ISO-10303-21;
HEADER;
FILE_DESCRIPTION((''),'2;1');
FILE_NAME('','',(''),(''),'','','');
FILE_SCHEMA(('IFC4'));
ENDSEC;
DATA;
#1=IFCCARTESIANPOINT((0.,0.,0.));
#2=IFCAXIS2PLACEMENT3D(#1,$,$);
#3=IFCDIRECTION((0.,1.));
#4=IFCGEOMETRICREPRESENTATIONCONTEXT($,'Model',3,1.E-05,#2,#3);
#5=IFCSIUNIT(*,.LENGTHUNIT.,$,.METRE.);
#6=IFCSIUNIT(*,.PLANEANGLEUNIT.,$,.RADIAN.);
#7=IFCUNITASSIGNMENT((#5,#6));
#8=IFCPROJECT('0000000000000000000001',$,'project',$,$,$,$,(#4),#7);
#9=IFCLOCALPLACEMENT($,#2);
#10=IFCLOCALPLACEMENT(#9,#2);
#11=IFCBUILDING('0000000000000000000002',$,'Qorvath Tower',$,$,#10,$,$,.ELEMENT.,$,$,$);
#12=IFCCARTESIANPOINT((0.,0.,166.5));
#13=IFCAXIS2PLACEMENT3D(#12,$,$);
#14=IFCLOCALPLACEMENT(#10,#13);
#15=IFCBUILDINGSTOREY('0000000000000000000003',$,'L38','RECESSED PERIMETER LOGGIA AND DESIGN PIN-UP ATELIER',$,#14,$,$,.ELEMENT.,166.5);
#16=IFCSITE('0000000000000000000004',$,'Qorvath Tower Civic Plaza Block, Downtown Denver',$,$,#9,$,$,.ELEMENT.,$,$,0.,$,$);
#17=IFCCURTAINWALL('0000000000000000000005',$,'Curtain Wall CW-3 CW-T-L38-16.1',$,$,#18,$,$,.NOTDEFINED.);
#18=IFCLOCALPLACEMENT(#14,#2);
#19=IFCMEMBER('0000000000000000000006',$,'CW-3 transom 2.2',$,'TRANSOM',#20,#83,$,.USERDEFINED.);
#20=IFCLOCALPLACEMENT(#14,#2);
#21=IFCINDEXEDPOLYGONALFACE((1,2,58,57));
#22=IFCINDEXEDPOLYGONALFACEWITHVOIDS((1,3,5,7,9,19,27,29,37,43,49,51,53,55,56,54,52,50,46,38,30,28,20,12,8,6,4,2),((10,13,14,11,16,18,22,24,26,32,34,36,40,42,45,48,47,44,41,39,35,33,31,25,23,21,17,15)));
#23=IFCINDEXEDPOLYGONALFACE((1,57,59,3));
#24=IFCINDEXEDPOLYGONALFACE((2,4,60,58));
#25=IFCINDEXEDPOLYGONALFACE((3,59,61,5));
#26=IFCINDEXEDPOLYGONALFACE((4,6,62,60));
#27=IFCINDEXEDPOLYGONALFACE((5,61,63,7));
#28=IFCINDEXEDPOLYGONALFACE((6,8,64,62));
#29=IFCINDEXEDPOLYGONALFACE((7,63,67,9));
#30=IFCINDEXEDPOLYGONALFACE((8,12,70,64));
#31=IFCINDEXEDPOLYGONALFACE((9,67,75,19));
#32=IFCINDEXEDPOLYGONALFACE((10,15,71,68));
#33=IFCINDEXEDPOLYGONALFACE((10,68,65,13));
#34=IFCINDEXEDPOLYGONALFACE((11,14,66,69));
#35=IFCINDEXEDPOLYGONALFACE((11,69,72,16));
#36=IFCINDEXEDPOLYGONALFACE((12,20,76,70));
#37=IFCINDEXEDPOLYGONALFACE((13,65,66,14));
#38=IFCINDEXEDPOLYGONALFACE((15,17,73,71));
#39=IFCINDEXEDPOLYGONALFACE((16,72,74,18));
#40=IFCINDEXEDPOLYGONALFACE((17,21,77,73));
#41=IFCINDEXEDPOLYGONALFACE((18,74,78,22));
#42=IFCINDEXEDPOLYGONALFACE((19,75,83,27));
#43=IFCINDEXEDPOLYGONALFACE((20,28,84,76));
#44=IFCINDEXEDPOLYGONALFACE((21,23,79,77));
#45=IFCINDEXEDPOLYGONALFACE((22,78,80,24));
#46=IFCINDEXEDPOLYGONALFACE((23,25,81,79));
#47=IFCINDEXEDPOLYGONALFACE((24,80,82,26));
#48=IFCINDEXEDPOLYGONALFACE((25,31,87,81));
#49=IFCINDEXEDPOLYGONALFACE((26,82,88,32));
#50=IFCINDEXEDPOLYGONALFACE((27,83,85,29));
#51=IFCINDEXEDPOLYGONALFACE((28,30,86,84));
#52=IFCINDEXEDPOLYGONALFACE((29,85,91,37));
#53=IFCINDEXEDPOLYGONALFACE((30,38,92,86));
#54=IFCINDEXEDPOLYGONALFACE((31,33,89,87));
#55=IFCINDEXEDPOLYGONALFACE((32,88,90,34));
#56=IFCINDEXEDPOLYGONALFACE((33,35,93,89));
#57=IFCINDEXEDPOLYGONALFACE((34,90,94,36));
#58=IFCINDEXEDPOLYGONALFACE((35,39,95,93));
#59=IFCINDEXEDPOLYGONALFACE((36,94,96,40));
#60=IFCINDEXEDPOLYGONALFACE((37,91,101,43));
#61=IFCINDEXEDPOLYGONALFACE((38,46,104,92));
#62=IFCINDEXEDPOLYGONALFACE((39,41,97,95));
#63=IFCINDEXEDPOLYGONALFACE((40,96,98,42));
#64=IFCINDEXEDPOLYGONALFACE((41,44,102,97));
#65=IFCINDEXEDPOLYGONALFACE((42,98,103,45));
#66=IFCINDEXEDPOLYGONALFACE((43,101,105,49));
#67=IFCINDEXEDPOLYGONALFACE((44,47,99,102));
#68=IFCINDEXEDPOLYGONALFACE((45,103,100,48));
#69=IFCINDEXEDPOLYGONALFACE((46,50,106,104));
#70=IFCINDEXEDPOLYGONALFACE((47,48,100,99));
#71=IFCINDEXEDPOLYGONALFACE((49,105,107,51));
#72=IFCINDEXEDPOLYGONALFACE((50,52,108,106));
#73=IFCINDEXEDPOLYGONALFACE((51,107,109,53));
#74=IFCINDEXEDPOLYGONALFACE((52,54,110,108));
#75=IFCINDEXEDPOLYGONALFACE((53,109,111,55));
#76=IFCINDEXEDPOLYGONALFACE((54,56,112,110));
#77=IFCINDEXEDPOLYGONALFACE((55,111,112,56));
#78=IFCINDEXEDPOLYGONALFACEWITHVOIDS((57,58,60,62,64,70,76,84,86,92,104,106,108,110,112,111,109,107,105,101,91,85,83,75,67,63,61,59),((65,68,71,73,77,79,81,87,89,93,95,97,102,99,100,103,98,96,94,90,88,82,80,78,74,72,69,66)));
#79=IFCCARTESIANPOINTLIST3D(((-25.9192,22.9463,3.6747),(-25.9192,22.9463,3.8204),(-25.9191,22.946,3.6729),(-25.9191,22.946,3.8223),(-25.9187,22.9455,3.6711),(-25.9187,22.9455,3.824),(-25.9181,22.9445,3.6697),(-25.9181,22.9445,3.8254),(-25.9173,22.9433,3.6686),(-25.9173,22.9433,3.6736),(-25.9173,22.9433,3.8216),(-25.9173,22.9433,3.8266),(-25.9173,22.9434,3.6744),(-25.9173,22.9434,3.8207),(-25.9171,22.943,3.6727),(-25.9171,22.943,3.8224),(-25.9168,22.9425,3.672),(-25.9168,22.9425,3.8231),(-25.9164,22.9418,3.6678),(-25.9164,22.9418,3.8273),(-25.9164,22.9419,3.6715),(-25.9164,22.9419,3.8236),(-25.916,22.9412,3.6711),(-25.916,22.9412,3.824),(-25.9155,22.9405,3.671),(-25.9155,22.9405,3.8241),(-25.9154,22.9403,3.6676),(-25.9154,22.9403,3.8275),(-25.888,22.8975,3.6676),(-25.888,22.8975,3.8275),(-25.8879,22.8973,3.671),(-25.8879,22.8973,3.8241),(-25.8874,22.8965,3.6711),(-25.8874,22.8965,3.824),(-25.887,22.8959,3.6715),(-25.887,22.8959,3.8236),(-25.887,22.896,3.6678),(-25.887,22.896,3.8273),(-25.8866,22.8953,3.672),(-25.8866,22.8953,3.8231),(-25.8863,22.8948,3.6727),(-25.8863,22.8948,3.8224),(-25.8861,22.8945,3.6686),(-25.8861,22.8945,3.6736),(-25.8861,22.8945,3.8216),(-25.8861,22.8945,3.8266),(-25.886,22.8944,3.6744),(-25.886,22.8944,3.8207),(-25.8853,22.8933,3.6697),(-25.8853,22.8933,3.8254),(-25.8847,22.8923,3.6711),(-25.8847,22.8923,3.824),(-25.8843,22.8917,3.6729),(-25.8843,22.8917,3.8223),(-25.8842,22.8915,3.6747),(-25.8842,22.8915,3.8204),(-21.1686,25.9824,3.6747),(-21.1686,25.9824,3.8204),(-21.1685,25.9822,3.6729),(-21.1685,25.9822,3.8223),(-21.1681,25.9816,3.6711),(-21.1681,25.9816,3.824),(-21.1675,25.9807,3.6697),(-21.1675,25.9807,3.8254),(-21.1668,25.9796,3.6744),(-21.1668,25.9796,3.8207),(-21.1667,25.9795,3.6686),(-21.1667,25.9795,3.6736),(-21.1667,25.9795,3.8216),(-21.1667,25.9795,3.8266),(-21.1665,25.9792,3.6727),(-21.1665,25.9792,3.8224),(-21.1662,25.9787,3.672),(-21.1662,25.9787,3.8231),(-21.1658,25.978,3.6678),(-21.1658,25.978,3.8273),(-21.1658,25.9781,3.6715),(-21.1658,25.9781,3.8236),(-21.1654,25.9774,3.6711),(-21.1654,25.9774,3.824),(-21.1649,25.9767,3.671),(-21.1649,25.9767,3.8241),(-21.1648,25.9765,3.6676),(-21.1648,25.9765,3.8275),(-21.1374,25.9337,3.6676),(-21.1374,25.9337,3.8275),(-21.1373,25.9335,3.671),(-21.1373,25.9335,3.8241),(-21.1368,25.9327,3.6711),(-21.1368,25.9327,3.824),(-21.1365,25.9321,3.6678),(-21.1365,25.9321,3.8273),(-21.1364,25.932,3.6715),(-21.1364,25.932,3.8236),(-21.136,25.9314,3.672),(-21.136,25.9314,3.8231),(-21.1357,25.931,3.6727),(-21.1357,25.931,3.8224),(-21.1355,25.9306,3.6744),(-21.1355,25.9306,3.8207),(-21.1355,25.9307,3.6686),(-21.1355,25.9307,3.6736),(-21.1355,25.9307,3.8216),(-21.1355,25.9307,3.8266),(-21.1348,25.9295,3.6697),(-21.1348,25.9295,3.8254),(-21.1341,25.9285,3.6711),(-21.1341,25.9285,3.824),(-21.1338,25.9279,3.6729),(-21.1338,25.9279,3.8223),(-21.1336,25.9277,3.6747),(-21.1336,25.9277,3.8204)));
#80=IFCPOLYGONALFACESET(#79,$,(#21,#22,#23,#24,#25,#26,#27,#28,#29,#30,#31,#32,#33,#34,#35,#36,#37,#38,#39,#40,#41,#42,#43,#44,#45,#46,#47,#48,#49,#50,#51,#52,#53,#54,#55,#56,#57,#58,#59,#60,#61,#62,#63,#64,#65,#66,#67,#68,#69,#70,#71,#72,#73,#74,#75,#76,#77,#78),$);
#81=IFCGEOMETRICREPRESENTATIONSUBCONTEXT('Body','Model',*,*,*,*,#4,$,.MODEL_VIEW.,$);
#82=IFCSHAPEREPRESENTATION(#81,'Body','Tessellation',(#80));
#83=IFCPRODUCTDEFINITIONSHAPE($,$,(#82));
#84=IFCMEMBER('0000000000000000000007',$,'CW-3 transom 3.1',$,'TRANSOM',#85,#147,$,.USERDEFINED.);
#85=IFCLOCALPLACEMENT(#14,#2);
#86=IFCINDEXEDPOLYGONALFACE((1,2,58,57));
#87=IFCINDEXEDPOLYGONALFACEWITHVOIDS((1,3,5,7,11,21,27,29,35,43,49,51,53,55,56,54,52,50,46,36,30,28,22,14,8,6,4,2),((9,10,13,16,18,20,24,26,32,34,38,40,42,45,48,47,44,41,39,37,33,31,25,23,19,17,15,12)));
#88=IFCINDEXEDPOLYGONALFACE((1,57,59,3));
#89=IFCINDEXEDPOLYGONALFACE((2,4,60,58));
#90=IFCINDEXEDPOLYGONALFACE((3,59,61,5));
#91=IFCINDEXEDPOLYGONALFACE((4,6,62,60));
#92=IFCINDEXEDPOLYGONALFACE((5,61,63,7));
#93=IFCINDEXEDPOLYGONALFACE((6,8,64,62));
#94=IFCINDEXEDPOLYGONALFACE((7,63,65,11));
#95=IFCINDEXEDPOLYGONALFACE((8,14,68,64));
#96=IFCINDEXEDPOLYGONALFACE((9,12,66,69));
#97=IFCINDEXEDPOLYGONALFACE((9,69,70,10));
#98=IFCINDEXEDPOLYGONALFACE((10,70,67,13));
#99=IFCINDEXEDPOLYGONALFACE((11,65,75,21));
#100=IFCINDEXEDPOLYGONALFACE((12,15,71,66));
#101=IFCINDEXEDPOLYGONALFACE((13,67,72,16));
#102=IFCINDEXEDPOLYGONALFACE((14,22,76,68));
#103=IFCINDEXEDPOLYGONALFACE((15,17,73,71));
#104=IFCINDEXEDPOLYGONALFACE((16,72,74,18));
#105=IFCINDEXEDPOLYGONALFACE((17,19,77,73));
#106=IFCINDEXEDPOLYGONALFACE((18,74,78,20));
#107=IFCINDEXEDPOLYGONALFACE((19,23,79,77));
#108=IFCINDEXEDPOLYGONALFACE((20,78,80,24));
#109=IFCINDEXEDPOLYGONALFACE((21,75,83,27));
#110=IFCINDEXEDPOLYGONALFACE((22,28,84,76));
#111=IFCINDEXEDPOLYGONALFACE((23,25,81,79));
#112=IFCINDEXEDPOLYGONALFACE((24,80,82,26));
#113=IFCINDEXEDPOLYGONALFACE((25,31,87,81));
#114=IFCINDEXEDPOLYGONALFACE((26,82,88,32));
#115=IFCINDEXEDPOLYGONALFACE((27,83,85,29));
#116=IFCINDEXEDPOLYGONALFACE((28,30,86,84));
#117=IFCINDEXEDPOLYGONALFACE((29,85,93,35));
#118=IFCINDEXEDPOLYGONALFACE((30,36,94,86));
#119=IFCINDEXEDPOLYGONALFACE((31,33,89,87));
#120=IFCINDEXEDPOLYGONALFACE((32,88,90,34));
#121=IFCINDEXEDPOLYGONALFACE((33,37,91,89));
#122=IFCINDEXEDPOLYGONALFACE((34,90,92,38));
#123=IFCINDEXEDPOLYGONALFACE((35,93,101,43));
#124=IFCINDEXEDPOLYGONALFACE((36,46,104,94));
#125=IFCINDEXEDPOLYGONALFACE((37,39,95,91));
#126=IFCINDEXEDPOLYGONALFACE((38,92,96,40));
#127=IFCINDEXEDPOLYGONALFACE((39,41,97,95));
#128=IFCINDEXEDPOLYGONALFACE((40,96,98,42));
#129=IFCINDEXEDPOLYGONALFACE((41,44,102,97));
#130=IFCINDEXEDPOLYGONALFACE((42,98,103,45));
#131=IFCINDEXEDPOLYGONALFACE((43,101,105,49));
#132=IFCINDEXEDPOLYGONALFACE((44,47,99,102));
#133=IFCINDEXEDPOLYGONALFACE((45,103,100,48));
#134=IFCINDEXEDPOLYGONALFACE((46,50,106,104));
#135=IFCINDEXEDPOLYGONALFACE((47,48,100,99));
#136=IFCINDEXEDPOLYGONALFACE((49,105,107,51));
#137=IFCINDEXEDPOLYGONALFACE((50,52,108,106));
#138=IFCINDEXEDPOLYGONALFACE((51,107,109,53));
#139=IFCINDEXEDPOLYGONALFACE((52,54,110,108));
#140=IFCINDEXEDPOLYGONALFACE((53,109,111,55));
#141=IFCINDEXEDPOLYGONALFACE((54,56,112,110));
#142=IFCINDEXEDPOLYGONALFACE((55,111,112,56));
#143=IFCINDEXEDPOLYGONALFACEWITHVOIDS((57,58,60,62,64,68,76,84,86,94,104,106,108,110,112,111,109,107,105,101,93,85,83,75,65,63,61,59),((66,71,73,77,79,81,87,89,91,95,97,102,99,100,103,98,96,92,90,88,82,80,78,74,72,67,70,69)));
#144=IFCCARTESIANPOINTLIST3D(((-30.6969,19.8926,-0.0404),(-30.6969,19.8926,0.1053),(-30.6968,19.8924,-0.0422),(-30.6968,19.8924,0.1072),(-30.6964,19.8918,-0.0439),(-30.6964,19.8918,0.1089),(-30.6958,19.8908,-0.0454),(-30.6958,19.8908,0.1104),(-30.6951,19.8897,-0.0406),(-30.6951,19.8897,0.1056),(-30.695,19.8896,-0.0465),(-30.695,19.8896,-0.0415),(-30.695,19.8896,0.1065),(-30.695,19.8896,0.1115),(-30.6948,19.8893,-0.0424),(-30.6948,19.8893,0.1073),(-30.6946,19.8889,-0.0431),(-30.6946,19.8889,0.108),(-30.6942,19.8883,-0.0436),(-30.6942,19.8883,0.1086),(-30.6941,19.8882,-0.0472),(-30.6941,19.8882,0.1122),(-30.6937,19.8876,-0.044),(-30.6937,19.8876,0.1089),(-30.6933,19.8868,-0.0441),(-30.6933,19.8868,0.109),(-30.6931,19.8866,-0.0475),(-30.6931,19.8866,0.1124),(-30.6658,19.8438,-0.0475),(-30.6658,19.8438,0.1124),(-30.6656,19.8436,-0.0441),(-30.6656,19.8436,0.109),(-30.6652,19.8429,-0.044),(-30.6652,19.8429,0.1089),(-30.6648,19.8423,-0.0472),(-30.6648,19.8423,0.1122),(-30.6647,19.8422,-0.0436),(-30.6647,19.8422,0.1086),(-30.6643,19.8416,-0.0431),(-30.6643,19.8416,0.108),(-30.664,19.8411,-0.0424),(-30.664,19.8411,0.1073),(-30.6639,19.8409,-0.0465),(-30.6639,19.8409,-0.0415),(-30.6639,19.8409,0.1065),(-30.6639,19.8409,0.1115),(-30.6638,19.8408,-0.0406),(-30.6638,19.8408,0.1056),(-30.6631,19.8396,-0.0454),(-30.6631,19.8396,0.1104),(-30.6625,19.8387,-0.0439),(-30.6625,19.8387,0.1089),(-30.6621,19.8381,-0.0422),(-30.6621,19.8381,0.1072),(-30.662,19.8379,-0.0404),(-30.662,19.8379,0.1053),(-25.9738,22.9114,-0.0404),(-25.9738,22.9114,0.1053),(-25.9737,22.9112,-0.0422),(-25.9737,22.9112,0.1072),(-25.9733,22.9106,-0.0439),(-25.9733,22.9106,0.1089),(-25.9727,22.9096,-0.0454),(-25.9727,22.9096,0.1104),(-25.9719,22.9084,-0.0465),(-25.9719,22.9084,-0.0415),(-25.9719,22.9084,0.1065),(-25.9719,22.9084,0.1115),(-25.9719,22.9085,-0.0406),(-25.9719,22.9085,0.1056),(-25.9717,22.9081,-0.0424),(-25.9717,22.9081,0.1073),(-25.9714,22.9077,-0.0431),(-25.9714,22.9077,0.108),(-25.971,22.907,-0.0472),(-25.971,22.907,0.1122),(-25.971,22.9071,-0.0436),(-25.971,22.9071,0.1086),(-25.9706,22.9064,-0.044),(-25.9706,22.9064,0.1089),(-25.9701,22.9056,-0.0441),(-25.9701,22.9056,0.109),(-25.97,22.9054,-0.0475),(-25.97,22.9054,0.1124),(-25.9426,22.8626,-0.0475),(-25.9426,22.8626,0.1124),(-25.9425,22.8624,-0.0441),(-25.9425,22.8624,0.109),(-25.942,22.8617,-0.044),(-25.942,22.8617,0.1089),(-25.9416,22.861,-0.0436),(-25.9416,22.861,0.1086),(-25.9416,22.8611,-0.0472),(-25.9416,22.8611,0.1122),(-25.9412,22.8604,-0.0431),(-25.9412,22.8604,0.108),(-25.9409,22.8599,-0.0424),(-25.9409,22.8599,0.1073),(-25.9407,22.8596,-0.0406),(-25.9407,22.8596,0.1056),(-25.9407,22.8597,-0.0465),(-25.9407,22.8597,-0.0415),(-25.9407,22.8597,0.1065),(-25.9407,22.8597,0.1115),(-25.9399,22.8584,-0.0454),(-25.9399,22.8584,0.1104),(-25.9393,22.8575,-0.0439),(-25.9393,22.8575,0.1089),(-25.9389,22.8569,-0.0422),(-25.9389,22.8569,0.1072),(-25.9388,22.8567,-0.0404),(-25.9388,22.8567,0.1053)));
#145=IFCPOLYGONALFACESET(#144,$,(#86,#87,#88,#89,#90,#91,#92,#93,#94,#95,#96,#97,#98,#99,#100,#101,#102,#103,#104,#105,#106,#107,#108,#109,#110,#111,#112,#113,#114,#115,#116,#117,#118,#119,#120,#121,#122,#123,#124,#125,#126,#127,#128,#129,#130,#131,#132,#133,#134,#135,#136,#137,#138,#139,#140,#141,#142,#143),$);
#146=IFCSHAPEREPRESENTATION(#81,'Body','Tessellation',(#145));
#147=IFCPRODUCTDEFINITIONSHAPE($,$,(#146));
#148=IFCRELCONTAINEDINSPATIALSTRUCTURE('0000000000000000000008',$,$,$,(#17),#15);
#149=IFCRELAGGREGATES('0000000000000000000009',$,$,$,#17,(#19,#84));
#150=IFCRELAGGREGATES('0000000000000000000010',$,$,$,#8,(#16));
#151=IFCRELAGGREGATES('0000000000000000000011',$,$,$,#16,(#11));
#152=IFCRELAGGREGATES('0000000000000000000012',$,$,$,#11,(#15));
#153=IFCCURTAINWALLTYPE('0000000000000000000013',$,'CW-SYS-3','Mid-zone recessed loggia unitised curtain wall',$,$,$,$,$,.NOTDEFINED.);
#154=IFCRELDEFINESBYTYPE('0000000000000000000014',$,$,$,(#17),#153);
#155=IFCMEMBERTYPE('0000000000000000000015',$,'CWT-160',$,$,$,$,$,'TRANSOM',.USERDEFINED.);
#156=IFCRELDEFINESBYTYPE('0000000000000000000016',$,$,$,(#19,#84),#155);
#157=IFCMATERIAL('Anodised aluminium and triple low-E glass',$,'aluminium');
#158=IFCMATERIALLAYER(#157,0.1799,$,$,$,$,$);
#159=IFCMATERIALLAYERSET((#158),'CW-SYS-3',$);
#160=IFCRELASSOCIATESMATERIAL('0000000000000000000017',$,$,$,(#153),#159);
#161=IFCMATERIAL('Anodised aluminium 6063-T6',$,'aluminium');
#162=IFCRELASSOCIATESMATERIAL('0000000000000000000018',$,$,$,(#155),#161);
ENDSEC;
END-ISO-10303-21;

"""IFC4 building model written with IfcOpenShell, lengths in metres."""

from ifc_helpers import new_model, si_unit, direction, frame, origin, origin_2d, place, context, subcontext, project, spatial, hollow_rectangle, extrude, material, layer, layer_set, material_profile, profile_set, type_object, element, aggregate, save


model = new_model("IFC4")

# Units and contexts
model_context = context("Model", 3, precision=1e-05, world=origin(), true_north=direction((0.0, 1.0)))
body_context = subcontext(model_context, "Body", "Model", "MODEL_VIEW")
ifc_project = project(units=[si_unit("LENGTHUNIT", "METRE"), si_unit("PLANEANGLEUNIT", "RADIAN")], contexts=[model_context])

# Site, building, storey
site_placement = place(None, origin())
site = spatial("IfcSite", under=ifc_project, at=site_placement, Name="Qorvath Tower Civic Plaza Block, Downtown Denver", CompositionType="ELEMENT", RefElevation=0.0)
building_placement = place(site_placement, origin())
building = spatial("IfcBuilding", under=site, at=building_placement, Name="Qorvath Tower", CompositionType="ELEMENT")
storey_placement = place(building_placement, frame((0.0, 0.0, 166.5)))
storey = spatial("IfcBuildingStorey", under=building, at=storey_placement, Name="L38", Description="RECESSED PERIMETER LOGGIA AND DESIGN PIN-UP ATELIER", CompositionType="ELEMENT", Elevation=166.5)

# Curtain wall, members
ifc_material_1 = material(Name="Anodised aluminium and triple low-E glass", Category="aluminium")
ifc_layer_1 = layer(ifc_material_1, 0.1799)
ifc_layer_set_1 = layer_set([ifc_layer_1], Name="CW-SYS-3")
curtain_wall_type = type_object("IfcCurtainWallType", Name="CW-SYS-3", Description="Mid-zone recessed loggia unitised curtain wall", PredefinedType="NOTDEFINED", material=ifc_layer_set_1)
curtain_wall_placement = place(storey_placement, origin())
curtain_wall = element("IfcCurtainWall", 1, at=curtain_wall_placement, inside=storey, type_object=curtain_wall_type, Name="Curtain Wall CW-3 CW-T-L38-16.1", PredefinedType="NOTDEFINED")
ifc_material_2 = material(Name="Anodised aluminium 6063-T6", Category="aluminium")
ifc_material_profile_1 = material_profile(ifc_material_2, hollow_rectangle(XDim=0.0649, YDim=0.1599, WallThickness=0.0034, InnerFilletRadius=0.0034, OuterFilletRadius=0.0071, at=origin_2d()), Name="CWT 160x65")
ifc_profile_set_1 = profile_set([ifc_material_profile_1], Name="Anodised aluminium 6063-T6")
member_type_1 = type_object("IfcMemberType", Name="CWT-160", ElementType="TRANSOM", PredefinedType="USERDEFINED", material=ifc_profile_set_1)
member_1_placement = place(storey_placement, frame((-21.1511, 25.9551, 3.7476), z_axis=(-0.842608, -0.538528, 0.0), x_axis=(0.538528, -0.842608, 0.0)))
member_1 = element("IfcMember", 2, at=member_1_placement, type_object=member_type_1, Name="CW-3 transom 2.2", ObjectType="TRANSOM", PredefinedType="USERDEFINED", context=body_context, shape_type="SweptSolid", body=[
    extrude(hollow_rectangle(XDim=0.0649, YDim=0.1599, WallThickness=0.0034, InnerFilletRadius=0.0034, OuterFilletRadius=0.0071, at=origin_2d()), origin(), (0.0, 0.0, 1.0), 5.6379),
])
member_2_placement = place(storey_placement, frame((-25.9563, 22.884, 0.0325), z_axis=(-0.842596, -0.538546, 0.0), x_axis=(0.538546, -0.842596, 0.0)))
member_2 = element("IfcMember", 3, at=member_2_placement, type_object=member_type_1, Name="CW-3 transom 3.1", ObjectType="TRANSOM", PredefinedType="USERDEFINED", context=body_context, shape_type="SweptSolid", body=[
    extrude(hollow_rectangle(XDim=0.0649, YDim=0.1599, WallThickness=0.0034, InnerFilletRadius=0.0034, OuterFilletRadius=0.0071, at=origin_2d()), origin(), (0.0, 0.0, 1.0), 5.6055),
])
aggregate(curtain_wall, [member_1, member_2])

save(model, "model.ifc")
